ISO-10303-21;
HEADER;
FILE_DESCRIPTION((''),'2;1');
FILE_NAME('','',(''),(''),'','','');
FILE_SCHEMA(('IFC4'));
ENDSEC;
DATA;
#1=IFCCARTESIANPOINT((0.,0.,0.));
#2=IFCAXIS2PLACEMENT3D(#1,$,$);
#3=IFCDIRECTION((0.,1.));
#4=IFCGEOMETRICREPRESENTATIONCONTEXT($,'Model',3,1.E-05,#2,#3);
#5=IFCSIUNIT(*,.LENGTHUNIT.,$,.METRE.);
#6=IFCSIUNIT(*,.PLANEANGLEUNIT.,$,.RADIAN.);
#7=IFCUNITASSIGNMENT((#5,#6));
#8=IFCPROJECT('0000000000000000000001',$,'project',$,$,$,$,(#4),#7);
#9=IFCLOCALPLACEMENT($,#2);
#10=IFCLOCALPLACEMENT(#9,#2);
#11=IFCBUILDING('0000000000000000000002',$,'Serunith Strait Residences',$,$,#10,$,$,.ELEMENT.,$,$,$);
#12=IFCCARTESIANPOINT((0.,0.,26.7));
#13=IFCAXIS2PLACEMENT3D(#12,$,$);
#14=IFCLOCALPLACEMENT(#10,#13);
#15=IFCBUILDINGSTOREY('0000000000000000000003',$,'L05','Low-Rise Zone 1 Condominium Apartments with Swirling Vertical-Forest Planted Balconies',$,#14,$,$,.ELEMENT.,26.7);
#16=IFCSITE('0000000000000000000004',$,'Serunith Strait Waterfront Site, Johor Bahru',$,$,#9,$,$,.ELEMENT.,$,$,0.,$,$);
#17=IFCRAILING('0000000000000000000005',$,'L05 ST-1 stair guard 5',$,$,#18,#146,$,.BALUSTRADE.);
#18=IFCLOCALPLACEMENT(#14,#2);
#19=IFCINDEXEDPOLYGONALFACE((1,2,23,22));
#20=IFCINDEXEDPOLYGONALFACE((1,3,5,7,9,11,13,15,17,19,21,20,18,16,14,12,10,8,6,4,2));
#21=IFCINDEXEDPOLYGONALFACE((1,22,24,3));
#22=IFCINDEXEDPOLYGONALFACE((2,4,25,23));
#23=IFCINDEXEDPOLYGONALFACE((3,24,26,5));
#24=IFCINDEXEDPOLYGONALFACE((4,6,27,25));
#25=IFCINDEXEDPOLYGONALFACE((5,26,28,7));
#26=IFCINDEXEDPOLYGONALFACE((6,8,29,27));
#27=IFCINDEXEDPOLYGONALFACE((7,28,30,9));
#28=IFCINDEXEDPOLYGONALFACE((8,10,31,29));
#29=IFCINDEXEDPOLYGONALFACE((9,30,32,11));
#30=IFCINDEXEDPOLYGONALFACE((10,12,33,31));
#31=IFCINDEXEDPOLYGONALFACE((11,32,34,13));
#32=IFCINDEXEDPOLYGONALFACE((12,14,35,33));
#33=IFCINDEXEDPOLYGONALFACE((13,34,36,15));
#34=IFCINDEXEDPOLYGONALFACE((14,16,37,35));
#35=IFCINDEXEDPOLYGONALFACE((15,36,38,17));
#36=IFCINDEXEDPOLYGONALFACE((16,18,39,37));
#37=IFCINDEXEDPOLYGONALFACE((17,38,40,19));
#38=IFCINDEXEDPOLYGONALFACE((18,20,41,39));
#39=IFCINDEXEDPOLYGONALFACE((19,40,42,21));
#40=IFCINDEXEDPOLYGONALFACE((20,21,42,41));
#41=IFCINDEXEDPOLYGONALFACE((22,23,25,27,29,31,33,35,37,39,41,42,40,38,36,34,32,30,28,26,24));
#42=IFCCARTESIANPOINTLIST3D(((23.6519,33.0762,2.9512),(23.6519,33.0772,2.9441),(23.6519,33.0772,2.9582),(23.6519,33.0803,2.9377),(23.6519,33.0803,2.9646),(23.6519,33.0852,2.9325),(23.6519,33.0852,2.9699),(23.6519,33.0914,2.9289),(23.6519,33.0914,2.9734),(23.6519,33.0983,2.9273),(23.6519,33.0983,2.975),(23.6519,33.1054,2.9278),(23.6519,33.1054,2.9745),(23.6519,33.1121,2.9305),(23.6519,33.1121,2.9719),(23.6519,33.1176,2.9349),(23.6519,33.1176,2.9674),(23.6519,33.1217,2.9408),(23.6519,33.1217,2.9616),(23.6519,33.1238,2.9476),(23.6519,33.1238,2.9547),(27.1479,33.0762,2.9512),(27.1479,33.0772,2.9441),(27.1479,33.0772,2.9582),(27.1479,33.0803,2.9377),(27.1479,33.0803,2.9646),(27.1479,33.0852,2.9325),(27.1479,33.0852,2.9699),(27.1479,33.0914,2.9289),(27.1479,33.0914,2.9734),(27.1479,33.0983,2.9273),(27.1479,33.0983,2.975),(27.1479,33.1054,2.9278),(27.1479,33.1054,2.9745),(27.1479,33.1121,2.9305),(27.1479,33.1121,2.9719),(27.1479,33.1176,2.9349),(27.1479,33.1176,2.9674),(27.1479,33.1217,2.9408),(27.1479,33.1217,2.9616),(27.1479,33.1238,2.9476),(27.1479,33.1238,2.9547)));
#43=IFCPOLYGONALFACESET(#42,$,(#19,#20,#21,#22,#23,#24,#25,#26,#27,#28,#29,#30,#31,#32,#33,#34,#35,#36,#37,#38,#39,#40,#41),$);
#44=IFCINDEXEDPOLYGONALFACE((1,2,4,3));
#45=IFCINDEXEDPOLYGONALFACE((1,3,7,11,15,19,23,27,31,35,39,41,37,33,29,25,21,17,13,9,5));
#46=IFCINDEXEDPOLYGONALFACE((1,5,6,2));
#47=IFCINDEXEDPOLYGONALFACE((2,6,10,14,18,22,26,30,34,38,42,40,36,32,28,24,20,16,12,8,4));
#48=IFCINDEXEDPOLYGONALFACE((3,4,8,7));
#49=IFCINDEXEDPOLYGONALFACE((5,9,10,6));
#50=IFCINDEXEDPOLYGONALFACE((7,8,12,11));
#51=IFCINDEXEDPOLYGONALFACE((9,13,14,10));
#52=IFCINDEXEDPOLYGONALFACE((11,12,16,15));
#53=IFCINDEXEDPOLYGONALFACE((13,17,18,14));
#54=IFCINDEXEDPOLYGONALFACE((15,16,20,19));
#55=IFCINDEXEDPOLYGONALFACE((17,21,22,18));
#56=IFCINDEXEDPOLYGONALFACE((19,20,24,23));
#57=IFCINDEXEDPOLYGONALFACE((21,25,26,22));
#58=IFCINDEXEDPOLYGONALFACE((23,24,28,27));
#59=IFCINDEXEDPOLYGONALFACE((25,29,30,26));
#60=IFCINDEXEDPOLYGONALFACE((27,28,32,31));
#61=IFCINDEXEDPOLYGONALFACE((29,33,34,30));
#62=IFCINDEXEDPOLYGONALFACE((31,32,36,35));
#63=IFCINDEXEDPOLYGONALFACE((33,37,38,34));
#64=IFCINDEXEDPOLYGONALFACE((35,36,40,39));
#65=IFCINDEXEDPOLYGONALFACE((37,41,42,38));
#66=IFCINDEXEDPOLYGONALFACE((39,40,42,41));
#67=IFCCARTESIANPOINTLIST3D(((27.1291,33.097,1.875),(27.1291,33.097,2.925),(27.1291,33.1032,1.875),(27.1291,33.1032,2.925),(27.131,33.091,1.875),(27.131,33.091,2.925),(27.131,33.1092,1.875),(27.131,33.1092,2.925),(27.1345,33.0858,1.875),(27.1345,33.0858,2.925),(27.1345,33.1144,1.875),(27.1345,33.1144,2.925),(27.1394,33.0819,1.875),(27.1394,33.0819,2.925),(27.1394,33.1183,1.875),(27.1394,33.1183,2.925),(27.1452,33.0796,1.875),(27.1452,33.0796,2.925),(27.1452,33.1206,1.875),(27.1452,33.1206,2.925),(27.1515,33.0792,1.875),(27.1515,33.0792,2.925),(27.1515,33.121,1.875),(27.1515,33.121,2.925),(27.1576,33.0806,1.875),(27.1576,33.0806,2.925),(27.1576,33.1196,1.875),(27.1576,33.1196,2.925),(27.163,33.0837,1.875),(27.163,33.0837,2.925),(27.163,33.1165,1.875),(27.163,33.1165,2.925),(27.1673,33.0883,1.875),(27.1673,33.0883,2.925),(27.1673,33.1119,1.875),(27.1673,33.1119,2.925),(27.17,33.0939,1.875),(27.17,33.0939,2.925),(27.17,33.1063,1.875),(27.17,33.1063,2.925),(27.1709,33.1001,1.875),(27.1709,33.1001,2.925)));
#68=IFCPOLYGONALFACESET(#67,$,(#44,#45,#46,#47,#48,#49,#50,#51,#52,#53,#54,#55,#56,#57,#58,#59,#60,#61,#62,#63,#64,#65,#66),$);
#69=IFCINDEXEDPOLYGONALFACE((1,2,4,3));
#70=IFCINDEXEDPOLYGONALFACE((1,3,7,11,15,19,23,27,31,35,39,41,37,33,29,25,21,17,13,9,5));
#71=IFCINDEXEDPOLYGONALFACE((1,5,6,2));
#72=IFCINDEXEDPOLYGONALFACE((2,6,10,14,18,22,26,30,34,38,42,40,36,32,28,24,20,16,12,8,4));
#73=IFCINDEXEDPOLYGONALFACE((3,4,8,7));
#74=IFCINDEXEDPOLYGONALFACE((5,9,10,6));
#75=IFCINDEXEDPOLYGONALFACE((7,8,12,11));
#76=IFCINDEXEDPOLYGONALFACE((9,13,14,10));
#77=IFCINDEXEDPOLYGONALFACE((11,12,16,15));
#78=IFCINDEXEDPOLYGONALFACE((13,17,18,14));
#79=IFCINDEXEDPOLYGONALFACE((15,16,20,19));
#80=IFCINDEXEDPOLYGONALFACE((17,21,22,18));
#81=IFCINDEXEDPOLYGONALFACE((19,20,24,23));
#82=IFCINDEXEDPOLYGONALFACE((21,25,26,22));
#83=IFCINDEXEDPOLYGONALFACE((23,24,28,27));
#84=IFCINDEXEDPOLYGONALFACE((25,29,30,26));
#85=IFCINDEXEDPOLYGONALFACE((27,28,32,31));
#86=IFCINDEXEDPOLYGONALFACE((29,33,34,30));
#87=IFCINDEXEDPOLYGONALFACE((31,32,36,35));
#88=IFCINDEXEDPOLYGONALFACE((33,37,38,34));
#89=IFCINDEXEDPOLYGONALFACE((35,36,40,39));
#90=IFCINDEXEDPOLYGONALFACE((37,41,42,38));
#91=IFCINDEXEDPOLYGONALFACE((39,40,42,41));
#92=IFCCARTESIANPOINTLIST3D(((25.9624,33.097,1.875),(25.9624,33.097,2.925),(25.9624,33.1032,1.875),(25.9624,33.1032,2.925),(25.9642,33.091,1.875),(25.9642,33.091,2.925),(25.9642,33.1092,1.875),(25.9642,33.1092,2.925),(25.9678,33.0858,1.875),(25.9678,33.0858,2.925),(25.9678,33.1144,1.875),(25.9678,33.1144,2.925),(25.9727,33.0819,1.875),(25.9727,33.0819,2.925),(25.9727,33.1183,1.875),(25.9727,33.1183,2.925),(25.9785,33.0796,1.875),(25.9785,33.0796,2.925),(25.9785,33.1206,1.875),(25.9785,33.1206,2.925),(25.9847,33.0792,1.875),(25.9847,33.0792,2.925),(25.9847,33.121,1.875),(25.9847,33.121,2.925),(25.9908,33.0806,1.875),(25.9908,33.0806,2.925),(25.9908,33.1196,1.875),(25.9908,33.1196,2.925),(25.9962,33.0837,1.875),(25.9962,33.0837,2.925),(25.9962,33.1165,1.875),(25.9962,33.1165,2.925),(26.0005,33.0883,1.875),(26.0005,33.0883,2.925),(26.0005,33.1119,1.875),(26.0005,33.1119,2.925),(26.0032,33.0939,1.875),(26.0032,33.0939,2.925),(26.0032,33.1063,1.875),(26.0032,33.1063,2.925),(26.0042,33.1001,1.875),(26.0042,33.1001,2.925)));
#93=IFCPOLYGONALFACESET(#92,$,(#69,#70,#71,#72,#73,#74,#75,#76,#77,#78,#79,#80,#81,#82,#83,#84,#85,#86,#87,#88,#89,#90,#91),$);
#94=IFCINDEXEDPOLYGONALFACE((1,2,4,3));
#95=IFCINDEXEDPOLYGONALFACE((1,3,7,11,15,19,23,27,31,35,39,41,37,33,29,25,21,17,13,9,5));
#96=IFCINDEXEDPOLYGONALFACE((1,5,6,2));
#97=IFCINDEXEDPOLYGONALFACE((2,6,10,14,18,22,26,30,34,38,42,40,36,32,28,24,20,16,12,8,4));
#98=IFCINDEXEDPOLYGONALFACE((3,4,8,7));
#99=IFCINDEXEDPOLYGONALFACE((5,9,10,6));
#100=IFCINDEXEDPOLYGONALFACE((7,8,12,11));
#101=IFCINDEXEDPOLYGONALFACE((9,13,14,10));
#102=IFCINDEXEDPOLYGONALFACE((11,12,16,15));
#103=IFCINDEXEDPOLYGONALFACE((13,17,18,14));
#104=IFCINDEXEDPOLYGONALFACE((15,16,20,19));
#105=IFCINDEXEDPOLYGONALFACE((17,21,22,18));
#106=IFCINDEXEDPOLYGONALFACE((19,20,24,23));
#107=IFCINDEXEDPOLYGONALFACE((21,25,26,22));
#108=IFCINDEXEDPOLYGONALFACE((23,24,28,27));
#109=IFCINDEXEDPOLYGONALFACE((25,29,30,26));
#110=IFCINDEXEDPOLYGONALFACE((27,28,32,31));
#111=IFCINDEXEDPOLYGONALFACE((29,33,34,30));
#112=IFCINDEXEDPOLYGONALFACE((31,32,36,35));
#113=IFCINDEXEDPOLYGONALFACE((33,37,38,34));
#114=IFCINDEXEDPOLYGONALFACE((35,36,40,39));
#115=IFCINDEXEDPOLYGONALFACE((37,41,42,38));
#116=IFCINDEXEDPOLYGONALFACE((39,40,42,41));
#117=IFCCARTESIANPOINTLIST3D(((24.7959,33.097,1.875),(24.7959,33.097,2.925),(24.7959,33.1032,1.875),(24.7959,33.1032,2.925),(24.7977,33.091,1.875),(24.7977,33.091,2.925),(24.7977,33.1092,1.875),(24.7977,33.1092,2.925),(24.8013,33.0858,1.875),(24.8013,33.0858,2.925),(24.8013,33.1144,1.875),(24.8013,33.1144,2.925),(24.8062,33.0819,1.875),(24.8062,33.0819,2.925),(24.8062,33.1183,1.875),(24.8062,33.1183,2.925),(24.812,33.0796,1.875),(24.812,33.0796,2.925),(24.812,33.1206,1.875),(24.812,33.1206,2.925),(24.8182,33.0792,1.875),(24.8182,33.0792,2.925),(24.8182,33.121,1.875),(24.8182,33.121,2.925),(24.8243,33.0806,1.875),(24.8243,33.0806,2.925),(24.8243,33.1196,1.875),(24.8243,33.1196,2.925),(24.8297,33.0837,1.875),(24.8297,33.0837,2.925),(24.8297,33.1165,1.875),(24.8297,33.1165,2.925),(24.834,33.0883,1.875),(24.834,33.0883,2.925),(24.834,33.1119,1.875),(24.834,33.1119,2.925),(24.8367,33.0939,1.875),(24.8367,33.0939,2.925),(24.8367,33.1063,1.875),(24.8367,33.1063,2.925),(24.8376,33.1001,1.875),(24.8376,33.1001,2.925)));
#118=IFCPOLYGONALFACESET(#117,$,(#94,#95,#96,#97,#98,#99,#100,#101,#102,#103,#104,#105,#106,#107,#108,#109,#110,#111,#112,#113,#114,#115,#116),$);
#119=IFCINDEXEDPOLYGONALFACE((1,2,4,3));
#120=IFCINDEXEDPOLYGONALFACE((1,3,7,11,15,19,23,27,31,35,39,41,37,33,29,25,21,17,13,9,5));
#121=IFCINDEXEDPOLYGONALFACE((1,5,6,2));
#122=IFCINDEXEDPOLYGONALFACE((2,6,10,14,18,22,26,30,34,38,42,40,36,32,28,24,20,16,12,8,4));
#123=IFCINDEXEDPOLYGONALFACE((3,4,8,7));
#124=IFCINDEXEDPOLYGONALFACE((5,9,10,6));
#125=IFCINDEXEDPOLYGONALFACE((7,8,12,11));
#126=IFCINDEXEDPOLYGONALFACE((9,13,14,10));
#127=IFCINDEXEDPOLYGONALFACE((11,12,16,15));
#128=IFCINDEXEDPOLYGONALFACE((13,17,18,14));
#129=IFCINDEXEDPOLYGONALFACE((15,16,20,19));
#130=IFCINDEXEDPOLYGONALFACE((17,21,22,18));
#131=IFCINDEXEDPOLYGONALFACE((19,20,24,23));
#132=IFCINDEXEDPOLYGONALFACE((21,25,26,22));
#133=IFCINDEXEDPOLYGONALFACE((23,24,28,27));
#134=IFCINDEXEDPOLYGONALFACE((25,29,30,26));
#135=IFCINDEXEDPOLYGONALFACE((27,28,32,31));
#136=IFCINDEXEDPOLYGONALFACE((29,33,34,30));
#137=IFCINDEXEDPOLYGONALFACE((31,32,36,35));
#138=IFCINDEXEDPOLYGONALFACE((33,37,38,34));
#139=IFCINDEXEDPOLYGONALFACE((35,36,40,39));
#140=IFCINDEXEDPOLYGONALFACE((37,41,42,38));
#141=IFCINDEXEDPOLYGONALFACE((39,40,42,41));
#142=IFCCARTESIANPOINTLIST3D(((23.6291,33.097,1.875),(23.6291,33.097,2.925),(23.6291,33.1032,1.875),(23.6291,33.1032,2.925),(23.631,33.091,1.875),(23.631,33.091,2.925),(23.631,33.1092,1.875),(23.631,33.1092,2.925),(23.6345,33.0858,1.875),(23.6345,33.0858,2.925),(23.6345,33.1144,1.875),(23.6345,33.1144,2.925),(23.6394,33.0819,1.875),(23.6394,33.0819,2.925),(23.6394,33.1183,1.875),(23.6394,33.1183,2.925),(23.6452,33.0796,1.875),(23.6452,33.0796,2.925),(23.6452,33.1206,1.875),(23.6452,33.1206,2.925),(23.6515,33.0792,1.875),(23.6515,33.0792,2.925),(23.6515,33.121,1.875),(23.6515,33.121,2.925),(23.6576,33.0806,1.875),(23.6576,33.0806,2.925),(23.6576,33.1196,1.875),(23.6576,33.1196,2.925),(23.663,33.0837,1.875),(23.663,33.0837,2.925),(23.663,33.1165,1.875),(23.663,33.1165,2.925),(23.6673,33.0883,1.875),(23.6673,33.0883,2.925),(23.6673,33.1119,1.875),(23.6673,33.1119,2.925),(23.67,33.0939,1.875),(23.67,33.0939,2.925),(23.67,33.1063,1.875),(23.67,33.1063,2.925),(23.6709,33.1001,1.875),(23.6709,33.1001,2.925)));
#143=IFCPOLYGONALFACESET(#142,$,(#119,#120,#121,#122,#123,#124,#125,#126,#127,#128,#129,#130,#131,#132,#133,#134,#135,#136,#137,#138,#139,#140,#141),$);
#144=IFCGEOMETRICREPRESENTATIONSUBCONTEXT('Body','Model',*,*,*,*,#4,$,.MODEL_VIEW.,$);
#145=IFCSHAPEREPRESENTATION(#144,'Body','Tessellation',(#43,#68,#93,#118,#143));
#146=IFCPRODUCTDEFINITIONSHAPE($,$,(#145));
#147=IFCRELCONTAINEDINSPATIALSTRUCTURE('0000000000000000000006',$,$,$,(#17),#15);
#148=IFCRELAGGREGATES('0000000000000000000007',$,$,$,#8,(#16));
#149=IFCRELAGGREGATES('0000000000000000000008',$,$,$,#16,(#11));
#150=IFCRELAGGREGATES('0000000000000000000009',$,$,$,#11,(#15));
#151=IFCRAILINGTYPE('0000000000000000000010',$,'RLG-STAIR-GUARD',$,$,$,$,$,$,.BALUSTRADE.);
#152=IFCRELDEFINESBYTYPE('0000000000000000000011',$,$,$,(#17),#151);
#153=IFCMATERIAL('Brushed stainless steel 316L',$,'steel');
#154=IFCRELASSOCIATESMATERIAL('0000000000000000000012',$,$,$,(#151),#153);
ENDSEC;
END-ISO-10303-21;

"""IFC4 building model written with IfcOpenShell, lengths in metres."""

from ifc_helpers import new_model, si_unit, direction, frame, origin, origin_2d, place, context, subcontext, project, spatial, circle, extrude, material, type_object, element, save


model = new_model("IFC4")

# Units and contexts
model_context = context("Model", 3, precision=1e-05, world=origin(), true_north=direction((0.0, 1.0)))
body_context = subcontext(model_context, "Body", "Model", "MODEL_VIEW")
ifc_project = project(units=[si_unit("LENGTHUNIT", "METRE"), si_unit("PLANEANGLEUNIT", "RADIAN")], contexts=[model_context])

# Site, building, storey
site_placement = place(None, origin())
site = spatial("IfcSite", under=ifc_project, at=site_placement, Name="Serunith Strait Waterfront Site, Johor Bahru", CompositionType="ELEMENT", RefElevation=0.0)
building_placement = place(site_placement, origin())
building = spatial("IfcBuilding", under=site, at=building_placement, Name="Serunith Strait Residences", CompositionType="ELEMENT")
storey_placement = place(building_placement, frame((0.0, 0.0, 26.7)))
storey = spatial("IfcBuildingStorey", under=building, at=storey_placement, Name="L05", Description="Low-Rise Zone 1 Condominium Apartments with Swirling Vertical-Forest Planted Balconies", CompositionType="ELEMENT", Elevation=26.7)

# Railing
ifc_material_1 = material(Name="Brushed stainless steel 316L", Category="steel")
railing_type_1 = type_object("IfcRailingType", Name="RLG-STAIR-GUARD", PredefinedType="BALUSTRADE", material=ifc_material_1)
railing_1_placement = place(storey_placement, frame((27.1499, 33.1001, 1.875)))
element("IfcRailing", 1, at=railing_1_placement, inside=storey, type_object=railing_type_1, Name="L05 ST-1 stair guard 5", PredefinedType="BALUSTRADE", context=body_context, shape_type="SweptSolid", body=[
    extrude(circle(Radius=0.0239, at=origin_2d()), frame((-0.002, 0.0, 1.0762), z_axis=(-1.0, 0.0, 0.0), x_axis=(0.0, -1.0, 0.0)), (0.0, 0.0, 1.0), 3.4961),
    extrude(circle(Radius=0.021, at=origin_2d()), origin(), (0.0, 0.0, 1.0), 1.05),
    extrude(circle(Radius=0.021, at=origin_2d()), frame((-1.1667, 0.0, 0.0)), (0.0, 0.0, 1.0), 1.05),
    extrude(circle(Radius=0.021, at=origin_2d()), frame((-2.3333, 0.0, 0.0)), (0.0, 0.0, 1.0), 1.05),
    extrude(circle(Radius=0.021, at=origin_2d()), frame((-3.5, 0.0, 0.0)), (0.0, 0.0, 1.0), 1.05),
])

save(model, "model.ifc")
